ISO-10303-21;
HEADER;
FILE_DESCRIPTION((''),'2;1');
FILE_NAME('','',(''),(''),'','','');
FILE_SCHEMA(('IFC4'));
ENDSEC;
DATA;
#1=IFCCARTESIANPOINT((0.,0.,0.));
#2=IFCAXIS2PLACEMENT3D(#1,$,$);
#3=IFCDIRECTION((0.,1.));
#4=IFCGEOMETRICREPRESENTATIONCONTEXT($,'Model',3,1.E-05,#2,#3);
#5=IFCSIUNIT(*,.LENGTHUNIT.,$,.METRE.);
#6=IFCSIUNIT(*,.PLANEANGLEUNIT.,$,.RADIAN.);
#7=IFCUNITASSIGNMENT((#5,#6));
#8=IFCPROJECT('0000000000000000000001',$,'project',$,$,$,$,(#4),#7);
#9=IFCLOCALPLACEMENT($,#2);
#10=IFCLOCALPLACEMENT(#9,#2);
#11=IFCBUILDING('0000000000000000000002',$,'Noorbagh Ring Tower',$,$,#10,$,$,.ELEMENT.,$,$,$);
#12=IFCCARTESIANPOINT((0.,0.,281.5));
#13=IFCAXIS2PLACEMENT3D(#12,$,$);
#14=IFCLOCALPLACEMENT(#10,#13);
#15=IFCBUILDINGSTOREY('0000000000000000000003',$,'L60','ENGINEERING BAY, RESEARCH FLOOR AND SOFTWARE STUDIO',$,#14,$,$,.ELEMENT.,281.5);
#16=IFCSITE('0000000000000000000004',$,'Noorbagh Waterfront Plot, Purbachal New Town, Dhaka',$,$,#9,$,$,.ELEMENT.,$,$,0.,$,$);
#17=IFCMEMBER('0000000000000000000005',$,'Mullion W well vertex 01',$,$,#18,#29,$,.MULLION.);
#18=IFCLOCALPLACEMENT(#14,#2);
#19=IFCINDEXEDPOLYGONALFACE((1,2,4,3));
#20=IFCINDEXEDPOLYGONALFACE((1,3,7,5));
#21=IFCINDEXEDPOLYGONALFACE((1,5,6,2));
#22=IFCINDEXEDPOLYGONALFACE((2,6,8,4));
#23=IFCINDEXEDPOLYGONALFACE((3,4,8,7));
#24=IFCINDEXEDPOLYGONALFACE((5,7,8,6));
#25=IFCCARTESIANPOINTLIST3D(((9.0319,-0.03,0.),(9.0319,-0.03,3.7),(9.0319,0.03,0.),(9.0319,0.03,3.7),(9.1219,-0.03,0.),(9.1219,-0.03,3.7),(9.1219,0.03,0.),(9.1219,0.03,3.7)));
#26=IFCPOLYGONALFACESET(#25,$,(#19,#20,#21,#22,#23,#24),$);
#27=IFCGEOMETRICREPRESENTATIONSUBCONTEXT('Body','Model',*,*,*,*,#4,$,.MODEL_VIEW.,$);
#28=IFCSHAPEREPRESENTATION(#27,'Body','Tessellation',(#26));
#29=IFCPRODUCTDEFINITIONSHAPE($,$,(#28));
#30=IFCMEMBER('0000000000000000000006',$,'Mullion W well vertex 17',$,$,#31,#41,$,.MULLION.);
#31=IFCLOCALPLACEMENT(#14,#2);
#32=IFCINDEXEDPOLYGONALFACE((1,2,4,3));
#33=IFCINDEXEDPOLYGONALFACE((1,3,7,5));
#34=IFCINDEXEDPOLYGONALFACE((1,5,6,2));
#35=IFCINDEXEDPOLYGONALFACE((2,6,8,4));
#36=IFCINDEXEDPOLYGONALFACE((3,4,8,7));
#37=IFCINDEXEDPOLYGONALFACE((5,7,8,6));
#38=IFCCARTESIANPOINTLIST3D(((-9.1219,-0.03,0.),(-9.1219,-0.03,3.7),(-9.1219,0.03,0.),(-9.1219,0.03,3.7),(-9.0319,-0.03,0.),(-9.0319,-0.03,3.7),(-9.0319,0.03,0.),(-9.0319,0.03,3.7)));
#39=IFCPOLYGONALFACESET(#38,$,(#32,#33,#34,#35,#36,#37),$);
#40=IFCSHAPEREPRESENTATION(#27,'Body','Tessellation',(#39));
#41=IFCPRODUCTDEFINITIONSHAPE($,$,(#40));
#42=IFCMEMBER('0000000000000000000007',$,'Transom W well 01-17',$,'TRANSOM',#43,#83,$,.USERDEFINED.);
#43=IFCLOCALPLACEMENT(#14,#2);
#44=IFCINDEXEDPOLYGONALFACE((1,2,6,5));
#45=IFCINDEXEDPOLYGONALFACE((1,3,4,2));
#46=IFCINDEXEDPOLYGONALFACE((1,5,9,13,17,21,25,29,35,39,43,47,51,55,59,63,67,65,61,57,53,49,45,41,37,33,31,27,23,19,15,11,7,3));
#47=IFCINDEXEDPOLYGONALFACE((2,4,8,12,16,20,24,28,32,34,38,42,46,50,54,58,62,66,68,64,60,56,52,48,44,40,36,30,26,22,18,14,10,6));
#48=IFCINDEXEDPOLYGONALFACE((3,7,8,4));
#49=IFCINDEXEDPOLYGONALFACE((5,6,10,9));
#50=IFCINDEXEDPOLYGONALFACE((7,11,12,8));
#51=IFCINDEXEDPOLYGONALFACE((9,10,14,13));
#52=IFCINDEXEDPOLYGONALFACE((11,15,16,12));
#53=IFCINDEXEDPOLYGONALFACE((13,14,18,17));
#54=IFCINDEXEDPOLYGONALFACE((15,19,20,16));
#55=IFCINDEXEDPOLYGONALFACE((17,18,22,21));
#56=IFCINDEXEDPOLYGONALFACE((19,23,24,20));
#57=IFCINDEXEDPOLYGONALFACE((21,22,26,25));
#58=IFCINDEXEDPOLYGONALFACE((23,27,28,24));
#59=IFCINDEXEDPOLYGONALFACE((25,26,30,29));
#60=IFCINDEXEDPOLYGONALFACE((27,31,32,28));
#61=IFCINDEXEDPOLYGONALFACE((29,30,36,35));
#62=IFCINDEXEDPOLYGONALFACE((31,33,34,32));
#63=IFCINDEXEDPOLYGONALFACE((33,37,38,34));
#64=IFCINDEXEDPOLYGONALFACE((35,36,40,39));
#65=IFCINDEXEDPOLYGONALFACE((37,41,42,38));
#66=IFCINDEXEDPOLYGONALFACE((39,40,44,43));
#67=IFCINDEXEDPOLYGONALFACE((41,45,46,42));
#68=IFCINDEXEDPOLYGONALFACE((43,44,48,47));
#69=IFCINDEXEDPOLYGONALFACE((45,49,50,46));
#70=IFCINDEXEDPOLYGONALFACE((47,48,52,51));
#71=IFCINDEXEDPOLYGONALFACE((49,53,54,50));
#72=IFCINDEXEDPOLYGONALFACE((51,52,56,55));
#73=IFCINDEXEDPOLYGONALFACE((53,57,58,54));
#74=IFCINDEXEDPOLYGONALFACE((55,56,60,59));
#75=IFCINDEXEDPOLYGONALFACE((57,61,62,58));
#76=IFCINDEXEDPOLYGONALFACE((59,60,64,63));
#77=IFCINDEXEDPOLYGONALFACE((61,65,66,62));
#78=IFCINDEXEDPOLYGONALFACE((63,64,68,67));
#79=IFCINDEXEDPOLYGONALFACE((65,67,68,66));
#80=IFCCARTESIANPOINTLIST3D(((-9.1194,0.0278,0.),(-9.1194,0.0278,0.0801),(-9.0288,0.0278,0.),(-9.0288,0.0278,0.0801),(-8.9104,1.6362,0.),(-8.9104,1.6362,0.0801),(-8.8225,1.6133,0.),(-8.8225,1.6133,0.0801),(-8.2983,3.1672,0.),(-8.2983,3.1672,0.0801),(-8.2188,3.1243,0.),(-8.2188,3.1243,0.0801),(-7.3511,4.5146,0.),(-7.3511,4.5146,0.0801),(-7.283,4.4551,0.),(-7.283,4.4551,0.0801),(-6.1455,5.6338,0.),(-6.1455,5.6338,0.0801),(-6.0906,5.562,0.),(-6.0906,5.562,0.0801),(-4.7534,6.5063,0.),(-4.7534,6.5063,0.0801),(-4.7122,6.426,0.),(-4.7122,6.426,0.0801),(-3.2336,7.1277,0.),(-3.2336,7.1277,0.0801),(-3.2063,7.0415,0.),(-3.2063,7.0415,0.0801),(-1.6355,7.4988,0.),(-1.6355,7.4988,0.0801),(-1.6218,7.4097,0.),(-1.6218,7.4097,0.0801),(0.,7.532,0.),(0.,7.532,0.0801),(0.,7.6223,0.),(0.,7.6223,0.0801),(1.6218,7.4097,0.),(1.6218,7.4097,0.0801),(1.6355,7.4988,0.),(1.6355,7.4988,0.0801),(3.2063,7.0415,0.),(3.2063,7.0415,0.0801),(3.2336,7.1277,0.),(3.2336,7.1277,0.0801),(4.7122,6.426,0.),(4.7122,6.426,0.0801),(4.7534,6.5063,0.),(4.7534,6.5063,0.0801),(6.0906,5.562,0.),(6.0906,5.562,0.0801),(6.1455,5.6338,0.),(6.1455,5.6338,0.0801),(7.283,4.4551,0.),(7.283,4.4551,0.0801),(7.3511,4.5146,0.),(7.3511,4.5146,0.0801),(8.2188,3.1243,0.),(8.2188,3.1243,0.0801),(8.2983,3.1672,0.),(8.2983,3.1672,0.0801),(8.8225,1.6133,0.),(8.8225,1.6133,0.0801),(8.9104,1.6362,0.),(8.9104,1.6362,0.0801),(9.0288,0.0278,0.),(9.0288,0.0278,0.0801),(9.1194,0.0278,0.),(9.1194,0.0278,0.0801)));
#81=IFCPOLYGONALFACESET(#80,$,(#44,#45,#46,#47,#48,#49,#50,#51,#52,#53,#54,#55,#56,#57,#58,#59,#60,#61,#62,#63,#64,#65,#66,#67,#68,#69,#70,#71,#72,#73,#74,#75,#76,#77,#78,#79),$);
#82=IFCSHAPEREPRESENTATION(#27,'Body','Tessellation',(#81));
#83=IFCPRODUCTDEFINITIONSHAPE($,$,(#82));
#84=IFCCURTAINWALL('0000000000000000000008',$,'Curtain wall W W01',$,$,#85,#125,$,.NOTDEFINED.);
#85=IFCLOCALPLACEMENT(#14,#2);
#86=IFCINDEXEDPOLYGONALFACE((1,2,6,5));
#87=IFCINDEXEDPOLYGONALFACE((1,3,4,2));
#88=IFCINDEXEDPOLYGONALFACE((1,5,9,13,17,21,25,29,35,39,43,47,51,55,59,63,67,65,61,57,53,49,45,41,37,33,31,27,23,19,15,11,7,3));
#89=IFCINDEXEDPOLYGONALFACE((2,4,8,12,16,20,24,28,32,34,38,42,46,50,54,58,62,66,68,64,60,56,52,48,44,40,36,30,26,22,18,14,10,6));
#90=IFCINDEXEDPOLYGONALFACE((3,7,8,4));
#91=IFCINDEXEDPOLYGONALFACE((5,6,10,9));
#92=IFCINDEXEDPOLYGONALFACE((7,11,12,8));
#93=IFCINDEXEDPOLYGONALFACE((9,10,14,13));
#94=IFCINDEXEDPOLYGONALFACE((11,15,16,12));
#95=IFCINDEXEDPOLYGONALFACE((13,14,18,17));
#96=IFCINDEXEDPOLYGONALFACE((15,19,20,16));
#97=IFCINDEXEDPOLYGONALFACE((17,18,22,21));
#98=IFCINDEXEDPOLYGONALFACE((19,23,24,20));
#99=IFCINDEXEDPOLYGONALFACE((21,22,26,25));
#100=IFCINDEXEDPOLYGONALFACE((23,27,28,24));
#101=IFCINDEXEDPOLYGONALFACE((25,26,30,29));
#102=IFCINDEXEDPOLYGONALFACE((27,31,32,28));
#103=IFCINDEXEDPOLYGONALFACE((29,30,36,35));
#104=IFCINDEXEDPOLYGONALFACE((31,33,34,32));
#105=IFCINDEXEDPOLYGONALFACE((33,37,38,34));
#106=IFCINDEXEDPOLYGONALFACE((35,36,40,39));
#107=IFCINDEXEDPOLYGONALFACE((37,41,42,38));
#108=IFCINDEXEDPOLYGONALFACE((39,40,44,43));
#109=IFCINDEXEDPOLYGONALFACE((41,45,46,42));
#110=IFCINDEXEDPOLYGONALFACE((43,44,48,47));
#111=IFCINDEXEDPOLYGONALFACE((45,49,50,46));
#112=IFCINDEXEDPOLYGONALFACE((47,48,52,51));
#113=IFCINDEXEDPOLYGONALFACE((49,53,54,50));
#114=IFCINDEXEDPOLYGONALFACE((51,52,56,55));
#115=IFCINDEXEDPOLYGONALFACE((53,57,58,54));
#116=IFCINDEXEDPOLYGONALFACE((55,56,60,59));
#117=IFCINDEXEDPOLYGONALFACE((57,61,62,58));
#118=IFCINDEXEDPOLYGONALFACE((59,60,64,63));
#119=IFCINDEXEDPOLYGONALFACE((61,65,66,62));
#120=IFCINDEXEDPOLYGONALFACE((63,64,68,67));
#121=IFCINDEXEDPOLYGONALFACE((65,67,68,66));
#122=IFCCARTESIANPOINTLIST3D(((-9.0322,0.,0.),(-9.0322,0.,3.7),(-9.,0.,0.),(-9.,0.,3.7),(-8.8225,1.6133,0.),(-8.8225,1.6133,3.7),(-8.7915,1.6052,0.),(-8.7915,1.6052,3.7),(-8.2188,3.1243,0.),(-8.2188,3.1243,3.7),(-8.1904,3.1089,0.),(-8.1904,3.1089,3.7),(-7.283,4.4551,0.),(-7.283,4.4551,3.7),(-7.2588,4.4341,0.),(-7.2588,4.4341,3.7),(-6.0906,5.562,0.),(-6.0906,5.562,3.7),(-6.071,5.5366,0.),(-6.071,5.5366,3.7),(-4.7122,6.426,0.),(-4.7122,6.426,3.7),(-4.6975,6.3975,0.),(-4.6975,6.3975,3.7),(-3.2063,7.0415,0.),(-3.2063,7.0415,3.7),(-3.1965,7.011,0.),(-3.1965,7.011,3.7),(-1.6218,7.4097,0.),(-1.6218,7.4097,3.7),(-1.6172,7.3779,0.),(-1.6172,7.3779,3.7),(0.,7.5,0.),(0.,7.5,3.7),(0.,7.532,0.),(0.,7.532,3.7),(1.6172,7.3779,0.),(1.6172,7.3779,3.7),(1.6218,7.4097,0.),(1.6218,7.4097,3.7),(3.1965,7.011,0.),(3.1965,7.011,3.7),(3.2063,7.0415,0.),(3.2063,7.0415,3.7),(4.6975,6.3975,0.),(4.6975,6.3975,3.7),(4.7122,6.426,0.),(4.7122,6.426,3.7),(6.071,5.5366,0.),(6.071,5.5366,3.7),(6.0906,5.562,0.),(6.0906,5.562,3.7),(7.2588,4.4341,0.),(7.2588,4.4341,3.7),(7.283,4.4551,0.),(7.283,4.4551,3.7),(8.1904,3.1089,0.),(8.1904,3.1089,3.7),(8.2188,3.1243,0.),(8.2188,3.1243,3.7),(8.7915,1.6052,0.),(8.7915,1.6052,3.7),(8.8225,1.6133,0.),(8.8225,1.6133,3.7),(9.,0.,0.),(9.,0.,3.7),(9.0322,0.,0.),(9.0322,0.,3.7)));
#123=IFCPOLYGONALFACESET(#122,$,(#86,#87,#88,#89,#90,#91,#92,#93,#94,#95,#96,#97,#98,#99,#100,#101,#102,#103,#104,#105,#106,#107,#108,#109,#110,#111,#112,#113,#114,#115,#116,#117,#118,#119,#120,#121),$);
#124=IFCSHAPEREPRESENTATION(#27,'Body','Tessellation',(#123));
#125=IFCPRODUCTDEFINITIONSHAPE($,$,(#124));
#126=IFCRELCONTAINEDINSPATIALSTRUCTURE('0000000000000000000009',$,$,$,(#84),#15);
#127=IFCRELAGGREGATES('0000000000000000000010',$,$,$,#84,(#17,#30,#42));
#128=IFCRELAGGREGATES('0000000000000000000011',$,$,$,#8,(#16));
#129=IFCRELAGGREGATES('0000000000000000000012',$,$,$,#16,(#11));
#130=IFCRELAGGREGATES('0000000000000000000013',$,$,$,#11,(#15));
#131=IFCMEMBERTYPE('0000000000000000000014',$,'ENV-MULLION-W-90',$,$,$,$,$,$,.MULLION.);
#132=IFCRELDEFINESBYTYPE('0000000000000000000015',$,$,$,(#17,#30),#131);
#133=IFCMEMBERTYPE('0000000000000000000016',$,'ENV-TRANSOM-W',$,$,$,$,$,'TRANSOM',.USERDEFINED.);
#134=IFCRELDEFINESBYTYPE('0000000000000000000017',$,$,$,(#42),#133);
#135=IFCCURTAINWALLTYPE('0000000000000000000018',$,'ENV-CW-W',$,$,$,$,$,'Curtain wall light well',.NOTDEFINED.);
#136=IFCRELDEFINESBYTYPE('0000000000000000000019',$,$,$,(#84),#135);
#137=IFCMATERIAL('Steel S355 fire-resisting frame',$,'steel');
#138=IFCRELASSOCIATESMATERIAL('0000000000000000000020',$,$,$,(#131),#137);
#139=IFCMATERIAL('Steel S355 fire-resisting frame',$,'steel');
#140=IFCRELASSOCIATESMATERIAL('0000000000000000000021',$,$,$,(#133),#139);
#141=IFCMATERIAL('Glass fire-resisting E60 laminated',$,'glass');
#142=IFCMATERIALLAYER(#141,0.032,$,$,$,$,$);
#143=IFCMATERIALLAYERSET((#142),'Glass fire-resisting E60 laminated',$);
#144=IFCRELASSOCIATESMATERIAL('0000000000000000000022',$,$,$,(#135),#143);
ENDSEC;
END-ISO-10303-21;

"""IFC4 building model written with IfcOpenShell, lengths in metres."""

from ifc_helpers import new_model, si_unit, direction, frame, origin, origin_2d, place, context, subcontext, project, spatial, polyline, rectangle, outline, extrude, material, layer, layer_set, material_profile, profile_set, type_object, element, aggregate, save


model = new_model("IFC4")

# Units and contexts
model_context = context("Model", 3, precision=1e-05, world=origin(), true_north=direction((0.0, 1.0)))
body_context = subcontext(model_context, "Body", "Model", "MODEL_VIEW")
ifc_project = project(units=[si_unit("LENGTHUNIT", "METRE"), si_unit("PLANEANGLEUNIT", "RADIAN")], contexts=[model_context])

# Members
site_placement = place(None, origin())
building_placement = place(site_placement, origin())
storey_placement = place(building_placement, frame((0.0, 0.0, 281.5)))
ifc_material_1 = material(Name="Steel S355 fire-resisting frame", Category="steel")
ifc_material_profile_1 = material_profile(ifc_material_1, rectangle(XDim=0.0901, YDim=0.0601, at=origin_2d()), Name="90x60")
ifc_profile_set_1 = profile_set([ifc_material_profile_1], Name="Steel S355 fire-resisting frame")
member_type_1 = type_object("IfcMemberType", Name="ENV-MULLION-W-90", PredefinedType="MULLION", material=ifc_profile_set_1)
member_1_placement = place(storey_placement, frame((9.0769, 0.0, 0.0), z_axis=(0.0, 0.0, 1.0), x_axis=(1.0, 0.0, 0.0)))
member_1 = element("IfcMember", 1, at=member_1_placement, type_object=member_type_1, Name="Mullion W well vertex 01", PredefinedType="MULLION", context=body_context, shape_type="SweptSolid", body=[
    extrude(rectangle(XDim=0.0901, YDim=0.0601, at=origin_2d()), origin(), (0.0, 0.0, 1.0), 3.7),
])
member_2_placement = place(storey_placement, frame((-9.0769, 0.0, 0.0), z_axis=(0.0, 0.0, 1.0), x_axis=(-1.0, 0.0, 0.0)))
member_2 = element("IfcMember", 2, at=member_2_placement, type_object=member_type_1, Name="Mullion W well vertex 17", PredefinedType="MULLION", context=body_context, shape_type="SweptSolid", body=[
    extrude(rectangle(XDim=0.0901, YDim=0.0601, at=origin_2d()), origin(), (0.0, 0.0, 1.0), 3.7),
])
ifc_material_2 = material(Name="Steel S355 fire-resisting frame", Category="steel")
member_type_2 = type_object("IfcMemberType", Name="ENV-TRANSOM-W", ElementType="TRANSOM", PredefinedType="USERDEFINED", material=ifc_material_2)
member_3_placement = place(storey_placement, origin())
member_3 = element("IfcMember", 3, at=member_3_placement, type_object=member_type_2, Name="Transom W well 01-17", ObjectType="TRANSOM", PredefinedType="USERDEFINED", context=body_context, shape_type="SweptSolid", body=[
    extrude(outline(polyline([(9.1194, 0.0278), (8.9104, 1.6362), (8.2983, 3.1672), (7.3511, 4.5146), (6.1455, 5.6338), (4.7534, 6.5063), (3.2336, 7.1277), (1.6355, 7.4988), (0.0, 7.6223), (-1.6355, 7.4988), (-3.2336, 7.1277), (-4.7534, 6.5063), (-6.1455, 5.6338), (-7.3511, 4.5146), (-8.2983, 3.1672), (-8.9104, 1.6362), (-9.1194, 0.0278), (-9.0288, 0.0278), (-8.8225, 1.6133), (-8.2188, 3.1243), (-7.283, 4.4551), (-6.0906, 5.562), (-4.7122, 6.426), (-3.2063, 7.0415), (-1.6218, 7.4097), (0.0, 7.532), (1.6218, 7.4097), (3.2063, 7.0415), (4.7122, 6.426), (6.0906, 5.562), (7.283, 4.4551), (8.2188, 3.1243), (8.8225, 1.6133), (9.0288, 0.0278), (9.1194, 0.0278)])), origin(), (0.0, 0.0, 1.0), 0.0801),
])

# Site, building, storey
site = spatial("IfcSite", under=ifc_project, at=site_placement, Name="Noorbagh Waterfront Plot, Purbachal New Town, Dhaka", CompositionType="ELEMENT", RefElevation=0.0)
building = spatial("IfcBuilding", under=site, at=building_placement, Name="Noorbagh Ring Tower", CompositionType="ELEMENT")
storey = spatial("IfcBuildingStorey", under=building, at=storey_placement, Name="L60", Description="ENGINEERING BAY, RESEARCH FLOOR AND SOFTWARE STUDIO", CompositionType="ELEMENT", Elevation=281.5)

# Curtain wall
ifc_material_3 = material(Name="Glass fire-resisting E60 laminated", Category="glass")
ifc_layer_1 = layer(ifc_material_3, 0.032)
ifc_layer_set_1 = layer_set([ifc_layer_1], Name="Glass fire-resisting E60 laminated")
curtain_wall_type_1 = type_object("IfcCurtainWallType", Name="ENV-CW-W", ElementType="Curtain wall light well", PredefinedType="NOTDEFINED", material=ifc_layer_set_1)
curtain_wall_1_placement = place(storey_placement, origin())
curtain_wall_1 = element("IfcCurtainWall", 4, at=curtain_wall_1_placement, inside=storey, type_object=curtain_wall_type_1, Name="Curtain wall W W01", PredefinedType="NOTDEFINED", context=body_context, shape_type="SweptSolid", body=[
    extrude(outline(polyline([(9.0322, 0.0), (8.8225, 1.6133), (8.2188, 3.1243), (7.283, 4.4551), (6.0906, 5.562), (4.7122, 6.426), (3.2063, 7.0415), (1.6218, 7.4097), (0.0, 7.532), (-1.6218, 7.4097), (-3.2063, 7.0415), (-4.7122, 6.426), (-6.0906, 5.562), (-7.283, 4.4551), (-8.2188, 3.1243), (-8.8225, 1.6133), (-9.0322, 0.0), (-9.0, 0.0), (-8.7915, 1.6052), (-8.1904, 3.1089), (-7.2588, 4.4341), (-6.071, 5.5366), (-4.6975, 6.3975), (-3.1965, 7.011), (-1.6172, 7.3779), (0.0, 7.5), (1.6172, 7.3779), (3.1965, 7.011), (4.6975, 6.3975), (6.071, 5.5366), (7.2588, 4.4341), (8.1904, 3.1089), (8.7915, 1.6052), (9.0, 0.0), (9.0322, 0.0)])), origin(), (0.0, 0.0, 1.0), 3.7),
])
aggregate(curtain_wall_1, [member_1, member_2, member_3])

save(model, "model.ifc")
